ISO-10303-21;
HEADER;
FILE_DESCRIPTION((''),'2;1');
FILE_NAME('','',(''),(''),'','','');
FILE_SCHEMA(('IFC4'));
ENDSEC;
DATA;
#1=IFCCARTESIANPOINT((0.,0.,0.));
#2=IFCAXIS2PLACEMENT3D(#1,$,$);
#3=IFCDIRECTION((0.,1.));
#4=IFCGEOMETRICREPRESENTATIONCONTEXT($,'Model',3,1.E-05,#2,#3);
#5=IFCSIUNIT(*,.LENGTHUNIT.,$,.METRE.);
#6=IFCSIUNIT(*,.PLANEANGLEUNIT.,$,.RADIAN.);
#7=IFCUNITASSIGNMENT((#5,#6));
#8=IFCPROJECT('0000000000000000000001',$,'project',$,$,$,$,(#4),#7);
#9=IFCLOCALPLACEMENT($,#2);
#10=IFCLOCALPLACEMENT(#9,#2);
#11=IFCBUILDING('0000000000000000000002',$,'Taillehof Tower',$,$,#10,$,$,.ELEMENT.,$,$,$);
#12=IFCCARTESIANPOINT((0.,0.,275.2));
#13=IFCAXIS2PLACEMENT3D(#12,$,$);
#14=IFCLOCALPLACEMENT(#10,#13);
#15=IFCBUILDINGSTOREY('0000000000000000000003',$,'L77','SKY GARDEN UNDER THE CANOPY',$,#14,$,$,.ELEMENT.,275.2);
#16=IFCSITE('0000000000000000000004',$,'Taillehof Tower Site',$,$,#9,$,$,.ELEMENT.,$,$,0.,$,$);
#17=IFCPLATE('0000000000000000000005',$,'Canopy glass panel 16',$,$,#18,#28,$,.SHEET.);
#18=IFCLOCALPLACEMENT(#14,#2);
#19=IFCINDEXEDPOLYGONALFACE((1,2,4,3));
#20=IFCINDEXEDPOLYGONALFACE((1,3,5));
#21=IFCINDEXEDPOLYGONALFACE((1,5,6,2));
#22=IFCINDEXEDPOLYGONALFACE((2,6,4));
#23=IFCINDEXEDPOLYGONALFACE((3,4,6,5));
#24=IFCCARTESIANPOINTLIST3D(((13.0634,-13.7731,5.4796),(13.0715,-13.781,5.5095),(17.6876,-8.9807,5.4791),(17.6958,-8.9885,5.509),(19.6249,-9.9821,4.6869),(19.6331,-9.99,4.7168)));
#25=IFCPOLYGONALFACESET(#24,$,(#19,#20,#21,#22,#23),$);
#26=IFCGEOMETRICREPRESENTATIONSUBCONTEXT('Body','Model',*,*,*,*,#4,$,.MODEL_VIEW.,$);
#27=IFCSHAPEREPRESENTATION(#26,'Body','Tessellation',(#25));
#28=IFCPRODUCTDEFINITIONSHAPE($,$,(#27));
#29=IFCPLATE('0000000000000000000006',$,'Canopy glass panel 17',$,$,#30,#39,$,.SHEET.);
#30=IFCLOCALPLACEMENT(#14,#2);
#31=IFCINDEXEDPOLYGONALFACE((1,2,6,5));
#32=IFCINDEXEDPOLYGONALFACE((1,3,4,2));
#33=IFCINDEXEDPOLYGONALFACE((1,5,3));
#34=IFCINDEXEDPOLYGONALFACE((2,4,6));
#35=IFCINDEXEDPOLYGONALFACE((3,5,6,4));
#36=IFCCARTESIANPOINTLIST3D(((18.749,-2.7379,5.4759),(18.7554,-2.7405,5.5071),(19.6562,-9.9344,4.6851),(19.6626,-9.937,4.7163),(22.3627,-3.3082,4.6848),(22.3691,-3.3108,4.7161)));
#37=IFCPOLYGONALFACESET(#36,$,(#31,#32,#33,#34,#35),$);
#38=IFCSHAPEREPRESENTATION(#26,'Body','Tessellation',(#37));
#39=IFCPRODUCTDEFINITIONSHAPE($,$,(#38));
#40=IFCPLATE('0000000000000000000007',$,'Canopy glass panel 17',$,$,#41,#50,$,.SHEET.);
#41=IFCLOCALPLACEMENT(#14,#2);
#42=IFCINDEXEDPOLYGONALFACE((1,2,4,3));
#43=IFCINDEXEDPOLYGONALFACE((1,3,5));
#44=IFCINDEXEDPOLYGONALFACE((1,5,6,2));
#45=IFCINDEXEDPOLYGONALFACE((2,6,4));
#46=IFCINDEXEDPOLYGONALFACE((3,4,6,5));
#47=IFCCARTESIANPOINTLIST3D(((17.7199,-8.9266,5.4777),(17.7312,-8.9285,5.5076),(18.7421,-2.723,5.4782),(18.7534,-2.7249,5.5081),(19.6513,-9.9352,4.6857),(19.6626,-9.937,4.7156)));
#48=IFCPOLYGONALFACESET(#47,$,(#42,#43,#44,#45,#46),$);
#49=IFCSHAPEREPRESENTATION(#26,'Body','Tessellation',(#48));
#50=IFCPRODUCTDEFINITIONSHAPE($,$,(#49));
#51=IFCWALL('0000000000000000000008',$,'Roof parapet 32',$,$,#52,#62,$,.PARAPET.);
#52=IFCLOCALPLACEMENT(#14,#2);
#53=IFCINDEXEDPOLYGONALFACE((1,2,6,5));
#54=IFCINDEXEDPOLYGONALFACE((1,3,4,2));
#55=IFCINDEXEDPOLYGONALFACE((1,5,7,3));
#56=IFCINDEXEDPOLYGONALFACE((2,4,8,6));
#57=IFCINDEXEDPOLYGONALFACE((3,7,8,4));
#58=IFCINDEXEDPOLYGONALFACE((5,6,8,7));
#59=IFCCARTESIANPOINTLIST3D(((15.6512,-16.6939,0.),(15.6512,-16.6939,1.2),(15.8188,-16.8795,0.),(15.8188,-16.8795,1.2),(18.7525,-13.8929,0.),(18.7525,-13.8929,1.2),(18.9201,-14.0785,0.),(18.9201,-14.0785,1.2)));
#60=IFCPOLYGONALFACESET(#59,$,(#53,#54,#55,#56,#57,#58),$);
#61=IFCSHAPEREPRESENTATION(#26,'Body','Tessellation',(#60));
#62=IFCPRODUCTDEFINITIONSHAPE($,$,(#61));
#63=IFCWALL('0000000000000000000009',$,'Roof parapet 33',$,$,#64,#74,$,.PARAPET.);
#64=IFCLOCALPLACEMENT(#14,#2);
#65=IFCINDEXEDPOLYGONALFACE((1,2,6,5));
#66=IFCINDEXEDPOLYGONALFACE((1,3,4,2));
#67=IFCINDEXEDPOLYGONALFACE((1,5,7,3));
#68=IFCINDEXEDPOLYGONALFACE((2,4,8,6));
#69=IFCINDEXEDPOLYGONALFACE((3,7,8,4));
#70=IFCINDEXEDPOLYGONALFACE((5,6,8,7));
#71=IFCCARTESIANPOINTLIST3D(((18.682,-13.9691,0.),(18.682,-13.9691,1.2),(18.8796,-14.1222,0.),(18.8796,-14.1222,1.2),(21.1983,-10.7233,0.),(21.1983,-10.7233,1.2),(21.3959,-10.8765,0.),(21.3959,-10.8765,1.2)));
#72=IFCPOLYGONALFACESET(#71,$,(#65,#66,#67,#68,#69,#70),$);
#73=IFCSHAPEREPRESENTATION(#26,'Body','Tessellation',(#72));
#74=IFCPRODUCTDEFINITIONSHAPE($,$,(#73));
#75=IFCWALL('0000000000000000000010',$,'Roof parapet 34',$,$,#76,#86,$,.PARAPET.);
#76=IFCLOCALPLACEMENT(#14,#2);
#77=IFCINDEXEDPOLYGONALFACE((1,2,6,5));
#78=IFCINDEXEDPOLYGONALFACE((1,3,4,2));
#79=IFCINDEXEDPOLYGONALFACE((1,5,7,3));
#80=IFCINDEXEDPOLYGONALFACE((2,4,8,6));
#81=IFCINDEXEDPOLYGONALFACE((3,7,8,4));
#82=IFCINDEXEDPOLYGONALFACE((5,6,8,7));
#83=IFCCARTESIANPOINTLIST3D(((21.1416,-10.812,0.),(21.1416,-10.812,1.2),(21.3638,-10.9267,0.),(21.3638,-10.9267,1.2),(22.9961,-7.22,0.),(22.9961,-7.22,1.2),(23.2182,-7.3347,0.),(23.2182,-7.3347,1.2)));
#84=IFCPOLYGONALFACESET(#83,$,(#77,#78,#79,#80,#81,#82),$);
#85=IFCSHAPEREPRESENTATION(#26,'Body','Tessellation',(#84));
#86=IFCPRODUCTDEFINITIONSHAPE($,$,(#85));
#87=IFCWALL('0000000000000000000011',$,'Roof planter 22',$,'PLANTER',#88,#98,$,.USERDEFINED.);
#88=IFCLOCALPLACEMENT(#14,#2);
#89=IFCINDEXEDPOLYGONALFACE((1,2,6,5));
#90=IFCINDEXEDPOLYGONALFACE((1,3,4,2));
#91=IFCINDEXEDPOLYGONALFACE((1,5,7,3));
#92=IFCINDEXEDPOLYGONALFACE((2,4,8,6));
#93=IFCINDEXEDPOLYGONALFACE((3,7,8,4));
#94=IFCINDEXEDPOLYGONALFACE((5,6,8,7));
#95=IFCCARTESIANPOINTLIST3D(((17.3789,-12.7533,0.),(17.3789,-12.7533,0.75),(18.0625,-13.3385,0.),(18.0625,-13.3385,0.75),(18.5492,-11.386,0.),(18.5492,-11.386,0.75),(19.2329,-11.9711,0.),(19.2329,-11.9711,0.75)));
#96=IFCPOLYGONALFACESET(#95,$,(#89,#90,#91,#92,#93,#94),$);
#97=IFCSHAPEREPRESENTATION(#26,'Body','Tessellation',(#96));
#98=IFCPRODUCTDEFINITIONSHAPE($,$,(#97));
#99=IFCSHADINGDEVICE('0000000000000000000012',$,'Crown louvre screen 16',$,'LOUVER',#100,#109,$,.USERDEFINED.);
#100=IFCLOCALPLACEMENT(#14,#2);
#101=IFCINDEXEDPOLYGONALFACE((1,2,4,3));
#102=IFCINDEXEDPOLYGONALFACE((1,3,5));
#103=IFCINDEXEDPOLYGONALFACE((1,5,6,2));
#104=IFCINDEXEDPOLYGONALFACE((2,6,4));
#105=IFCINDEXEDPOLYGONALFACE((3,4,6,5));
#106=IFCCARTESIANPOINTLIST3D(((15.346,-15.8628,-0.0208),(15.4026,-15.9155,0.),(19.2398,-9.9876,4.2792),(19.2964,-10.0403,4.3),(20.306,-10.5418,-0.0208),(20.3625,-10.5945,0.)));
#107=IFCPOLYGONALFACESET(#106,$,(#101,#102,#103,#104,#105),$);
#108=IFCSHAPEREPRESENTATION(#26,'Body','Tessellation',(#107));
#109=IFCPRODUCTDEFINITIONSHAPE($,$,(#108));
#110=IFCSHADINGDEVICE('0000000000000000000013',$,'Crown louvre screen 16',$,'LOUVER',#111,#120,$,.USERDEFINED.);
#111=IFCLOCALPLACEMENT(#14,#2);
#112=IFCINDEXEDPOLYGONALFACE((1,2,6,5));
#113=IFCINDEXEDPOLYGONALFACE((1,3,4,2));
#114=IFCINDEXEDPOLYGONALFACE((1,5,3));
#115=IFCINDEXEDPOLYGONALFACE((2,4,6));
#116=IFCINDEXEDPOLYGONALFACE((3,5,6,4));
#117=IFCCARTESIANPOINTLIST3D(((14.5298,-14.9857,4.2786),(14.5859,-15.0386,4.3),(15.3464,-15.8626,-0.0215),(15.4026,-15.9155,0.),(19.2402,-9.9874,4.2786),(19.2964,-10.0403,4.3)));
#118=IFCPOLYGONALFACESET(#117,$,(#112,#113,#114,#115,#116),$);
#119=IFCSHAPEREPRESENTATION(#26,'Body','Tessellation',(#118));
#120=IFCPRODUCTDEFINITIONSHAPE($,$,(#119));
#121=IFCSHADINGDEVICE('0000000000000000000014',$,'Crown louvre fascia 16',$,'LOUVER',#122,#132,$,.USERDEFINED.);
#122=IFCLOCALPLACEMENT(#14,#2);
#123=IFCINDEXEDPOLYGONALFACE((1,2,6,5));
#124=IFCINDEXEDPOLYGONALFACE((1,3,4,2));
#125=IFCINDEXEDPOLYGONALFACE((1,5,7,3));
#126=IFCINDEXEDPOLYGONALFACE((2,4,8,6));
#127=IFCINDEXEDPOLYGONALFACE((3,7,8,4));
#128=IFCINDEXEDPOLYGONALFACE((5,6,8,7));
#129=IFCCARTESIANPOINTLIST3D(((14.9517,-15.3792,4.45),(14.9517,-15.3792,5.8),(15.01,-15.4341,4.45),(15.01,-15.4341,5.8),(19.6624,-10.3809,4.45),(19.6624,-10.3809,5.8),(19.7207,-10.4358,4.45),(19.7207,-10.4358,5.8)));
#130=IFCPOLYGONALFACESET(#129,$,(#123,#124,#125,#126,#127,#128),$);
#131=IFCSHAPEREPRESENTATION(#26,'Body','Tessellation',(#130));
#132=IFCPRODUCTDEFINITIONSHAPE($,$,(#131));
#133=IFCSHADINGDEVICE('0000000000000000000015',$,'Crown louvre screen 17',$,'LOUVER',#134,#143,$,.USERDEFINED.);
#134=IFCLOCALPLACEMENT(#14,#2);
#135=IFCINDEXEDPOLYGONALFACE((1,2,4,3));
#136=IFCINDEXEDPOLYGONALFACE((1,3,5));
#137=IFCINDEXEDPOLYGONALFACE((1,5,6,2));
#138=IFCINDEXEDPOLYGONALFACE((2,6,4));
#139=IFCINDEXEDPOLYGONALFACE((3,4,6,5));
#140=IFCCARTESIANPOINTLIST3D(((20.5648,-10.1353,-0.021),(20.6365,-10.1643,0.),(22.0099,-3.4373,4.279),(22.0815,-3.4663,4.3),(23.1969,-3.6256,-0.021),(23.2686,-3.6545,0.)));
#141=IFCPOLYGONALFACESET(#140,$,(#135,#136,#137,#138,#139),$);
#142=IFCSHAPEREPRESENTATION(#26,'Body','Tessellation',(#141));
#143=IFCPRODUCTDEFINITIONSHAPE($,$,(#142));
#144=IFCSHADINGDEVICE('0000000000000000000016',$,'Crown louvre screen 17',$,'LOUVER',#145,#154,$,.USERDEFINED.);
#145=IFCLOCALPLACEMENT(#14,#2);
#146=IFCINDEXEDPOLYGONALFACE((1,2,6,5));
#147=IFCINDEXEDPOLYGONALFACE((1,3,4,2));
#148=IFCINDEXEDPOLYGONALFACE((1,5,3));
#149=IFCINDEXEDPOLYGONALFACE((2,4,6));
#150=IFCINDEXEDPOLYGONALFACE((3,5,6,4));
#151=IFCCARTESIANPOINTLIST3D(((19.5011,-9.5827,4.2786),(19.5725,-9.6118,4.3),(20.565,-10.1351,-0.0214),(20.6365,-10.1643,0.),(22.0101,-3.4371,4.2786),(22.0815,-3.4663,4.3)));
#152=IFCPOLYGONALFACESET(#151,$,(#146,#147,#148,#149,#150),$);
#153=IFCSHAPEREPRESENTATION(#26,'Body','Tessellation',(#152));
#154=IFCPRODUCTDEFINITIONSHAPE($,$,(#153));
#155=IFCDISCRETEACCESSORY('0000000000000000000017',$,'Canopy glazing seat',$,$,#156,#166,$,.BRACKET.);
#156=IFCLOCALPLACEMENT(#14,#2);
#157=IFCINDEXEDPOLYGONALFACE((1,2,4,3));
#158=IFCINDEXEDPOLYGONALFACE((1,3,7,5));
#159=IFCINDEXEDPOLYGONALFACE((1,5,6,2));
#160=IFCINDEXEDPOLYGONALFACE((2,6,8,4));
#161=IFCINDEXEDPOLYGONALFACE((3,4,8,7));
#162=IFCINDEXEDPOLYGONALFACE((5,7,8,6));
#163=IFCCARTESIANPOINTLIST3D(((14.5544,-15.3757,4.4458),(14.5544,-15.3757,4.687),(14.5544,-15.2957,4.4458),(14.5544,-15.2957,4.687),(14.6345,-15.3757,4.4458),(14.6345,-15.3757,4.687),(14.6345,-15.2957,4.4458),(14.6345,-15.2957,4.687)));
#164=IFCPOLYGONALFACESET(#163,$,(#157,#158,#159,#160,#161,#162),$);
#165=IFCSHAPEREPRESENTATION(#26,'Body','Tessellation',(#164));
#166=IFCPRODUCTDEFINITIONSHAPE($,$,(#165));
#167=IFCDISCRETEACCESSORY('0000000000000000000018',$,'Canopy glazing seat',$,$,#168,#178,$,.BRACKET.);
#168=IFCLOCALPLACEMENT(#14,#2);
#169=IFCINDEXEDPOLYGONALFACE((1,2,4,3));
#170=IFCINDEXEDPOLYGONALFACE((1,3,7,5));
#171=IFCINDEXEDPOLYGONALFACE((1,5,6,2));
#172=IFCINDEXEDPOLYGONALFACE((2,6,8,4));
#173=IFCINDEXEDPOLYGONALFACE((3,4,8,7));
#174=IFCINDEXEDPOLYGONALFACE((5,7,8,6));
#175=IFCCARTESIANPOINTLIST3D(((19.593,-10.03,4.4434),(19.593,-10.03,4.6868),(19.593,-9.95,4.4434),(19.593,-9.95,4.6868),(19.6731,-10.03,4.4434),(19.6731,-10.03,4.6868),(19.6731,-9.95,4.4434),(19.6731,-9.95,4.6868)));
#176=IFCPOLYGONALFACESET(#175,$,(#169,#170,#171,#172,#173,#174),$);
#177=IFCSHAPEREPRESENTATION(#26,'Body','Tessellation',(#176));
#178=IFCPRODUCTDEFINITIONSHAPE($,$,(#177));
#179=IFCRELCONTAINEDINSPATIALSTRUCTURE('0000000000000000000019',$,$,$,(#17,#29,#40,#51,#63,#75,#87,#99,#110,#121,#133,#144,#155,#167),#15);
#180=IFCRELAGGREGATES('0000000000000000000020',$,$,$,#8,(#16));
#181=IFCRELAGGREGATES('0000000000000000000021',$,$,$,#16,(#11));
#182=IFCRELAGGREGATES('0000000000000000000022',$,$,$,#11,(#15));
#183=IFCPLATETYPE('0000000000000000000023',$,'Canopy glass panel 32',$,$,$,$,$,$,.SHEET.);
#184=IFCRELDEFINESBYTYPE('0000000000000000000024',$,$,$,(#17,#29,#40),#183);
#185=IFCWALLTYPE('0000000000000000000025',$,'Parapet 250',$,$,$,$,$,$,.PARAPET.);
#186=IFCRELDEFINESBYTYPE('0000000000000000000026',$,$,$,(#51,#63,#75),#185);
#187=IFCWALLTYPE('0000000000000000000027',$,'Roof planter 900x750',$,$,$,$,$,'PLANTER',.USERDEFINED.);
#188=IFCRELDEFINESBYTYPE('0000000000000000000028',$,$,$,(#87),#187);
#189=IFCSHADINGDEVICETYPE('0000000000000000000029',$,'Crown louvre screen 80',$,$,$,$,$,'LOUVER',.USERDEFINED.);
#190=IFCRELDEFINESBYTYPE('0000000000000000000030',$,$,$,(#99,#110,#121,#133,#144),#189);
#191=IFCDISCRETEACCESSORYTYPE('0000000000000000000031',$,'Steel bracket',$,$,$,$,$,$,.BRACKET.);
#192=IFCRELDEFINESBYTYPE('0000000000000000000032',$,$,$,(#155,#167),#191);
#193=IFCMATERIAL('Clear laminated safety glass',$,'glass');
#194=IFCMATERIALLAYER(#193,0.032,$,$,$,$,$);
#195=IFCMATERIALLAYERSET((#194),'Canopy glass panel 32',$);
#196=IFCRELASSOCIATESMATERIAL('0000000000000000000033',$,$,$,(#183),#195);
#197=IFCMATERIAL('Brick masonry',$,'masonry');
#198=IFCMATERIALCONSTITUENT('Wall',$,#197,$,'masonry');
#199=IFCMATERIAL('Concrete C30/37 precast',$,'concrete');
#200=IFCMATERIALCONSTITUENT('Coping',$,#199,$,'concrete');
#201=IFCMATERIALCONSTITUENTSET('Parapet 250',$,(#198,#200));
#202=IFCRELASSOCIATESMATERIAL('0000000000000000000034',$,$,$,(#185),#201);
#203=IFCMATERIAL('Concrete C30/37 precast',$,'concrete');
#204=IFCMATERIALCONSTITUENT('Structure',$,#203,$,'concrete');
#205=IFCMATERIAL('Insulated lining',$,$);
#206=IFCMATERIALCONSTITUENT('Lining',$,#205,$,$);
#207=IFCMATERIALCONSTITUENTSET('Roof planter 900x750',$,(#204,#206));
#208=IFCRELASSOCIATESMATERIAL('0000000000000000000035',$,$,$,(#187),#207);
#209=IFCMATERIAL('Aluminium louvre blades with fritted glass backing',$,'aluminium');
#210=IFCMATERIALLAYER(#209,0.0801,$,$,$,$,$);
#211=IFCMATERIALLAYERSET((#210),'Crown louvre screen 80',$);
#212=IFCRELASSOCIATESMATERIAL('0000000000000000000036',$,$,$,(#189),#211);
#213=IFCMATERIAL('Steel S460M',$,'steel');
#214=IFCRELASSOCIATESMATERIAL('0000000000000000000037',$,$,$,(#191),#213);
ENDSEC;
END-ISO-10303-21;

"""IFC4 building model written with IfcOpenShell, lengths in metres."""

from ifc_helpers import new_model, si_unit, direction, frame, frame_2d, origin, origin_2d, place, context, subcontext, project, spatial, polyline, rectangle, outline, extrude, material, layer, layer_set, constituent, constituent_set, type_object, element, save


model = new_model("IFC4")

# Units and contexts
model_context = context("Model", 3, precision=1e-05, world=origin(), true_north=direction((0.0, 1.0)))
body_context = subcontext(model_context, "Body", "Model", "MODEL_VIEW")
ifc_project = project(units=[si_unit("LENGTHUNIT", "METRE"), si_unit("PLANEANGLEUNIT", "RADIAN")], contexts=[model_context])

# Site, building, storey
site_placement = place(None, origin())
site = spatial("IfcSite", under=ifc_project, at=site_placement, Name="Taillehof Tower Site", CompositionType="ELEMENT", RefElevation=0.0)
building_placement = place(site_placement, origin())
building = spatial("IfcBuilding", under=site, at=building_placement, Name="Taillehof Tower", CompositionType="ELEMENT")
storey_placement = place(building_placement, frame((0.0, 0.0, 275.2)))
storey = spatial("IfcBuildingStorey", under=building, at=storey_placement, Name="L77", Description="SKY GARDEN UNDER THE CANOPY", CompositionType="ELEMENT", Elevation=275.2)

# Plates
ifc_material_1 = material(Name="Clear laminated safety glass", Category="glass")
ifc_layer_1 = layer(ifc_material_1, 0.032)
ifc_layer_set_1 = layer_set([ifc_layer_1], Name="Canopy glass panel 32")
plate_type = type_object("IfcPlateType", Name="Canopy glass panel 32", PredefinedType="SHEET", material=ifc_layer_set_1)
plate_1_placement = place(storey_placement, frame((19.6331, -9.99, 4.7168), z_axis=(0.255161, -0.24611, 0.935052), x_axis=(-0.834936, 0.431621, 0.341445)))
element("IfcPlate", 1, at=plate_1_placement, inside=storey, type_object=plate_type, Name="Canopy glass panel 16", PredefinedType="SHEET", context=body_context, shape_type="SweptSolid", body=[
    extrude(outline(polyline([(0.0, 0.0), (2.3202, 0.0), (4.1128, 6.4139), (0.0, 0.0)])), origin(), (0.0, 0.0, -1.0), 0.032),
])
plate_2_placement = place(storey_placement, frame((19.6626, -9.937, 4.7163), z_axis=(0.200747, -0.081961, 0.976209), x_axis=(0.378132, 0.925752, -0.000034)))
element("IfcPlate", 2, at=plate_2_placement, inside=storey, type_object=plate_type, Name="Canopy glass panel 17", PredefinedType="SHEET", context=body_context, shape_type="SweptSolid", body=[
    extrude(outline(polyline([(0.0, 0.0), (7.1577, 0.0), (6.3191, 3.6479), (0.0, 0.0)])), origin(), (0.0, 0.0, -1.0), 0.032),
])
plate_3_placement = place(storey_placement, frame((19.6626, -9.937, 4.7156), z_axis=(0.352604, -0.058175, 0.933962), x_axis=(-0.124336, 0.986304, 0.108376)))
element("IfcPlate", 3, at=plate_3_placement, inside=storey, type_object=plate_type, Name="Canopy glass panel 17", PredefinedType="SHEET", context=body_context, shape_type="SweptSolid", body=[
    extrude(outline(polyline([(0.0, 0.0), (7.3123, 0.0), (1.3207, 1.9054), (0.0, 0.0)])), origin(), (0.0, 0.0, -1.0), 0.032),
])

# Walls
ifc_material_2 = material(Name="Brick masonry", Category="masonry")
ifc_constituent_1 = constituent(ifc_material_2, Name="Wall", Category="masonry")
ifc_material_3 = material(Name="Concrete C30/37 precast", Category="concrete")
ifc_constituent_2 = constituent(ifc_material_3, Name="Coping", Category="concrete")
ifc_constituent_set_1 = constituent_set(constituents=[ifc_constituent_1, ifc_constituent_2], Name="Parapet 250")
wall_type_1 = type_object("IfcWallType", Name="Parapet 250", PredefinedType="PARAPET", material=ifc_constituent_set_1)
wall_1_placement = place(storey_placement, frame((15.7351, -16.7866, 0.0), z_axis=(0.0, 0.0, 1.0), x_axis=(0.742122, 0.670264, 0.0)))
element("IfcWall", 4, at=wall_1_placement, inside=storey, type_object=wall_type_1, Name="Roof parapet 32", PredefinedType="PARAPET", context=body_context, shape_type="SweptSolid", body=[
    extrude(rectangle(XDim=4.179, YDim=0.25, at=frame_2d((2.0894, 0.0))), origin(), (0.0, 0.0, 1.0), 1.2),
])
wall_2_placement = place(storey_placement, frame((18.7808, -14.0457, 0.0), z_axis=(0.0, 0.0, 1.0), x_axis=(0.612697, 0.790318, 0.0)))
element("IfcWall", 5, at=wall_2_placement, inside=storey, type_object=wall_type_1, Name="Roof parapet 33", PredefinedType="PARAPET", context=body_context, shape_type="SweptSolid", body=[
    extrude(rectangle(XDim=4.1069, YDim=0.25, at=frame_2d((2.0535, 0.0))), origin(), (0.0, 0.0, 1.0), 1.2),
])
wall_3_placement = place(storey_placement, frame((21.2527, -10.8694, 0.0), z_axis=(0.0, 0.0, 1.0), x_axis=(0.458748, 0.888567, 0.0)))
element("IfcWall", 6, at=wall_3_placement, inside=storey, type_object=wall_type_1, Name="Roof parapet 34", PredefinedType="PARAPET", context=body_context, shape_type="SweptSolid", body=[
    extrude(rectangle(XDim=4.0425, YDim=0.25, at=frame_2d((2.0212, 0.0))), origin(), (0.0, 0.0, 1.0), 1.2),
])
ifc_material_4 = material(Name="Concrete C30/37 precast", Category="concrete")
ifc_constituent_3 = constituent(ifc_material_4, Name="Structure", Category="concrete")
ifc_material_5 = material(Name="Insulated lining")
ifc_constituent_4 = constituent(ifc_material_5, Name="Lining")
ifc_constituent_set_2 = constituent_set(constituents=[ifc_constituent_3, ifc_constituent_4], Name="Roof planter 900x750")
wall_type_2 = type_object("IfcWallType", Name="Roof planter 900x750", ElementType="PLANTER", PredefinedType="USERDEFINED", material=ifc_constituent_set_2)
wall_4_placement = place(storey_placement, frame((17.7207, -13.0459, 0.0), z_axis=(0.0, 0.0, 1.0), x_axis=(0.650255, 0.759716, 0.0)))
element("IfcWall", 7, at=wall_4_placement, inside=storey, type_object=wall_type_2, Name="Roof planter 22", ObjectType="PLANTER", PredefinedType="USERDEFINED", context=body_context, shape_type="SweptSolid", body=[
    extrude(rectangle(XDim=1.7998, YDim=0.8999, at=frame_2d((0.8999, 0.0))), origin(), (0.0, 0.0, 1.0), 0.75),
])

# Shading devices
ifc_material_6 = material(Name="Aluminium louvre blades with fritted glass backing", Category="aluminium")
ifc_layer_2 = layer(ifc_material_6, 0.0801)
ifc_layer_set_2 = layer_set([ifc_layer_2], Name="Crown louvre screen 80")
shading_device_type = type_object("IfcShadingDeviceType", Name="Crown louvre screen 80", ElementType="LOUVER", PredefinedType="USERDEFINED", material=ifc_layer_set_2)
shading_device_1_placement = place(storey_placement, frame((15.4026, -15.9155, 0.0), z_axis=(0.706336, -0.658404, 0.259987), x_axis=(0.681852, 0.73149, 0.0)))
element("IfcShadingDevice", 8, at=shading_device_1_placement, inside=storey, type_object=shading_device_type, Name="Crown louvre screen 16", ObjectType="LOUVER", PredefinedType="USERDEFINED", context=body_context, shape_type="SweptSolid", body=[
    extrude(outline(polyline([(0.0, 0.0), (7.2743, 0.0), (6.9527, 4.4532), (0.0, 0.0)])), origin(), (0.0, 0.0, -1.0), 0.0801),
])
shading_device_2_placement = place(storey_placement, frame((15.4026, -15.9155, 0.0), z_axis=(0.701146, -0.660768, 0.267917), x_axis=(0.471601, 0.711586, 0.520805)))
element("IfcShadingDevice", 9, at=shading_device_2_placement, inside=storey, type_object=shading_device_type, Name="Crown louvre screen 16", ObjectType="LOUVER", PredefinedType="USERDEFINED", context=body_context, shape_type="SweptSolid", body=[
    extrude(outline(polyline([(0.0, 0.0), (8.2565, 0.0), (2.4784, 3.7127), (0.0, 0.0)])), origin(), (0.0, 0.0, -1.0), 0.0801),
])
shading_device_3_placement = place(storey_placement, frame((15.01, -15.4341, 4.45), z_axis=(0.727733, -0.68586, 0.0), x_axis=(0.68586, 0.727733, 0.0)))
element("IfcShadingDevice", 10, at=shading_device_3_placement, inside=storey, type_object=shading_device_type, Name="Crown louvre fascia 16", ObjectType="LOUVER", PredefinedType="USERDEFINED", context=body_context, shape_type="SweptSolid", body=[
    extrude(outline(polyline([(0.0, 0.0), (6.8683, 0.0), (6.8683, 1.3501), (0.0, 1.3501), (0.0, 0.0)])), origin(), (0.0, 0.0, -1.0), 0.0801),
])
shading_device_4_placement = place(storey_placement, frame((20.6365, -10.1643, 0.0), z_axis=(0.89451, -0.361676, 0.262758), x_axis=(0.374847, 0.927087, 0.0)))
element("IfcShadingDevice", 11, at=shading_device_4_placement, inside=storey, type_object=shading_device_type, Name="Crown louvre screen 17", ObjectType="LOUVER", PredefinedType="USERDEFINED", context=body_context, shape_type="SweptSolid", body=[
    extrude(outline(polyline([(0.0, 0.0), (7.0217, 0.0), (6.7513, 4.4566), (0.0, 0.0)])), origin(), (0.0, 0.0, -1.0), 0.0801),
])
shading_device_5_placement = place(storey_placement, frame((20.6365, -10.1643, 0.0), z_axis=(0.892069, -0.364206, 0.26752), x_axis=(0.178633, 0.827975, 0.531552)))
element("IfcShadingDevice", 12, at=shading_device_5_placement, inside=storey, type_object=shading_device_type, Name="Crown louvre screen 17", ObjectType="LOUVER", PredefinedType="USERDEFINED", context=body_context, shape_type="SweptSolid", body=[
    extrude(outline(polyline([(0.0, 0.0), (8.0896, 0.0), (2.5531, 3.6619), (0.0, 0.0)])), origin(), (0.0, 0.0, -1.0), 0.0801),
])

# Discrete accessories
ifc_material_7 = material(Name="Steel S460M", Category="steel")
discrete_accessory_type_1 = type_object("IfcDiscreteAccessoryType", Name="Steel bracket", PredefinedType="BRACKET", material=ifc_material_7)
discrete_accessory_1_placement = place(storey_placement, frame((14.5945, -15.3357, 4.4458), z_axis=(0.0, 0.0, 1.0), x_axis=(1.0, 0.0, 0.0)))
element("IfcDiscreteAccessory", 13, at=discrete_accessory_1_placement, inside=storey, type_object=discrete_accessory_type_1, Name="Canopy glazing seat", PredefinedType="BRACKET", context=body_context, shape_type="SweptSolid", body=[
    extrude(rectangle(XDim=0.0801, YDim=0.0801, at=origin_2d()), origin(), (0.0, 0.0, 1.0), 0.2412),
])
for number, where, z_axis, x_axis, name in (
    (14, (19.6331, -9.99, 4.4434), (0.0, 0.0, 1.0), (1.0, 0.0, 0.0), "Canopy glazing seat"),
):
    element("IfcDiscreteAccessory", number, at=place(storey_placement, frame(where, z_axis=z_axis, x_axis=x_axis)), inside=storey, type_object=discrete_accessory_type_1, Name=name, PredefinedType="BRACKET", context=body_context, shape_type="SweptSolid", body=[
        extrude(rectangle(XDim=0.0801, YDim=0.0801, at=origin_2d()), origin(), (0.0, 0.0, 1.0), 0.2434),
    ])

save(model, "model.ifc")
